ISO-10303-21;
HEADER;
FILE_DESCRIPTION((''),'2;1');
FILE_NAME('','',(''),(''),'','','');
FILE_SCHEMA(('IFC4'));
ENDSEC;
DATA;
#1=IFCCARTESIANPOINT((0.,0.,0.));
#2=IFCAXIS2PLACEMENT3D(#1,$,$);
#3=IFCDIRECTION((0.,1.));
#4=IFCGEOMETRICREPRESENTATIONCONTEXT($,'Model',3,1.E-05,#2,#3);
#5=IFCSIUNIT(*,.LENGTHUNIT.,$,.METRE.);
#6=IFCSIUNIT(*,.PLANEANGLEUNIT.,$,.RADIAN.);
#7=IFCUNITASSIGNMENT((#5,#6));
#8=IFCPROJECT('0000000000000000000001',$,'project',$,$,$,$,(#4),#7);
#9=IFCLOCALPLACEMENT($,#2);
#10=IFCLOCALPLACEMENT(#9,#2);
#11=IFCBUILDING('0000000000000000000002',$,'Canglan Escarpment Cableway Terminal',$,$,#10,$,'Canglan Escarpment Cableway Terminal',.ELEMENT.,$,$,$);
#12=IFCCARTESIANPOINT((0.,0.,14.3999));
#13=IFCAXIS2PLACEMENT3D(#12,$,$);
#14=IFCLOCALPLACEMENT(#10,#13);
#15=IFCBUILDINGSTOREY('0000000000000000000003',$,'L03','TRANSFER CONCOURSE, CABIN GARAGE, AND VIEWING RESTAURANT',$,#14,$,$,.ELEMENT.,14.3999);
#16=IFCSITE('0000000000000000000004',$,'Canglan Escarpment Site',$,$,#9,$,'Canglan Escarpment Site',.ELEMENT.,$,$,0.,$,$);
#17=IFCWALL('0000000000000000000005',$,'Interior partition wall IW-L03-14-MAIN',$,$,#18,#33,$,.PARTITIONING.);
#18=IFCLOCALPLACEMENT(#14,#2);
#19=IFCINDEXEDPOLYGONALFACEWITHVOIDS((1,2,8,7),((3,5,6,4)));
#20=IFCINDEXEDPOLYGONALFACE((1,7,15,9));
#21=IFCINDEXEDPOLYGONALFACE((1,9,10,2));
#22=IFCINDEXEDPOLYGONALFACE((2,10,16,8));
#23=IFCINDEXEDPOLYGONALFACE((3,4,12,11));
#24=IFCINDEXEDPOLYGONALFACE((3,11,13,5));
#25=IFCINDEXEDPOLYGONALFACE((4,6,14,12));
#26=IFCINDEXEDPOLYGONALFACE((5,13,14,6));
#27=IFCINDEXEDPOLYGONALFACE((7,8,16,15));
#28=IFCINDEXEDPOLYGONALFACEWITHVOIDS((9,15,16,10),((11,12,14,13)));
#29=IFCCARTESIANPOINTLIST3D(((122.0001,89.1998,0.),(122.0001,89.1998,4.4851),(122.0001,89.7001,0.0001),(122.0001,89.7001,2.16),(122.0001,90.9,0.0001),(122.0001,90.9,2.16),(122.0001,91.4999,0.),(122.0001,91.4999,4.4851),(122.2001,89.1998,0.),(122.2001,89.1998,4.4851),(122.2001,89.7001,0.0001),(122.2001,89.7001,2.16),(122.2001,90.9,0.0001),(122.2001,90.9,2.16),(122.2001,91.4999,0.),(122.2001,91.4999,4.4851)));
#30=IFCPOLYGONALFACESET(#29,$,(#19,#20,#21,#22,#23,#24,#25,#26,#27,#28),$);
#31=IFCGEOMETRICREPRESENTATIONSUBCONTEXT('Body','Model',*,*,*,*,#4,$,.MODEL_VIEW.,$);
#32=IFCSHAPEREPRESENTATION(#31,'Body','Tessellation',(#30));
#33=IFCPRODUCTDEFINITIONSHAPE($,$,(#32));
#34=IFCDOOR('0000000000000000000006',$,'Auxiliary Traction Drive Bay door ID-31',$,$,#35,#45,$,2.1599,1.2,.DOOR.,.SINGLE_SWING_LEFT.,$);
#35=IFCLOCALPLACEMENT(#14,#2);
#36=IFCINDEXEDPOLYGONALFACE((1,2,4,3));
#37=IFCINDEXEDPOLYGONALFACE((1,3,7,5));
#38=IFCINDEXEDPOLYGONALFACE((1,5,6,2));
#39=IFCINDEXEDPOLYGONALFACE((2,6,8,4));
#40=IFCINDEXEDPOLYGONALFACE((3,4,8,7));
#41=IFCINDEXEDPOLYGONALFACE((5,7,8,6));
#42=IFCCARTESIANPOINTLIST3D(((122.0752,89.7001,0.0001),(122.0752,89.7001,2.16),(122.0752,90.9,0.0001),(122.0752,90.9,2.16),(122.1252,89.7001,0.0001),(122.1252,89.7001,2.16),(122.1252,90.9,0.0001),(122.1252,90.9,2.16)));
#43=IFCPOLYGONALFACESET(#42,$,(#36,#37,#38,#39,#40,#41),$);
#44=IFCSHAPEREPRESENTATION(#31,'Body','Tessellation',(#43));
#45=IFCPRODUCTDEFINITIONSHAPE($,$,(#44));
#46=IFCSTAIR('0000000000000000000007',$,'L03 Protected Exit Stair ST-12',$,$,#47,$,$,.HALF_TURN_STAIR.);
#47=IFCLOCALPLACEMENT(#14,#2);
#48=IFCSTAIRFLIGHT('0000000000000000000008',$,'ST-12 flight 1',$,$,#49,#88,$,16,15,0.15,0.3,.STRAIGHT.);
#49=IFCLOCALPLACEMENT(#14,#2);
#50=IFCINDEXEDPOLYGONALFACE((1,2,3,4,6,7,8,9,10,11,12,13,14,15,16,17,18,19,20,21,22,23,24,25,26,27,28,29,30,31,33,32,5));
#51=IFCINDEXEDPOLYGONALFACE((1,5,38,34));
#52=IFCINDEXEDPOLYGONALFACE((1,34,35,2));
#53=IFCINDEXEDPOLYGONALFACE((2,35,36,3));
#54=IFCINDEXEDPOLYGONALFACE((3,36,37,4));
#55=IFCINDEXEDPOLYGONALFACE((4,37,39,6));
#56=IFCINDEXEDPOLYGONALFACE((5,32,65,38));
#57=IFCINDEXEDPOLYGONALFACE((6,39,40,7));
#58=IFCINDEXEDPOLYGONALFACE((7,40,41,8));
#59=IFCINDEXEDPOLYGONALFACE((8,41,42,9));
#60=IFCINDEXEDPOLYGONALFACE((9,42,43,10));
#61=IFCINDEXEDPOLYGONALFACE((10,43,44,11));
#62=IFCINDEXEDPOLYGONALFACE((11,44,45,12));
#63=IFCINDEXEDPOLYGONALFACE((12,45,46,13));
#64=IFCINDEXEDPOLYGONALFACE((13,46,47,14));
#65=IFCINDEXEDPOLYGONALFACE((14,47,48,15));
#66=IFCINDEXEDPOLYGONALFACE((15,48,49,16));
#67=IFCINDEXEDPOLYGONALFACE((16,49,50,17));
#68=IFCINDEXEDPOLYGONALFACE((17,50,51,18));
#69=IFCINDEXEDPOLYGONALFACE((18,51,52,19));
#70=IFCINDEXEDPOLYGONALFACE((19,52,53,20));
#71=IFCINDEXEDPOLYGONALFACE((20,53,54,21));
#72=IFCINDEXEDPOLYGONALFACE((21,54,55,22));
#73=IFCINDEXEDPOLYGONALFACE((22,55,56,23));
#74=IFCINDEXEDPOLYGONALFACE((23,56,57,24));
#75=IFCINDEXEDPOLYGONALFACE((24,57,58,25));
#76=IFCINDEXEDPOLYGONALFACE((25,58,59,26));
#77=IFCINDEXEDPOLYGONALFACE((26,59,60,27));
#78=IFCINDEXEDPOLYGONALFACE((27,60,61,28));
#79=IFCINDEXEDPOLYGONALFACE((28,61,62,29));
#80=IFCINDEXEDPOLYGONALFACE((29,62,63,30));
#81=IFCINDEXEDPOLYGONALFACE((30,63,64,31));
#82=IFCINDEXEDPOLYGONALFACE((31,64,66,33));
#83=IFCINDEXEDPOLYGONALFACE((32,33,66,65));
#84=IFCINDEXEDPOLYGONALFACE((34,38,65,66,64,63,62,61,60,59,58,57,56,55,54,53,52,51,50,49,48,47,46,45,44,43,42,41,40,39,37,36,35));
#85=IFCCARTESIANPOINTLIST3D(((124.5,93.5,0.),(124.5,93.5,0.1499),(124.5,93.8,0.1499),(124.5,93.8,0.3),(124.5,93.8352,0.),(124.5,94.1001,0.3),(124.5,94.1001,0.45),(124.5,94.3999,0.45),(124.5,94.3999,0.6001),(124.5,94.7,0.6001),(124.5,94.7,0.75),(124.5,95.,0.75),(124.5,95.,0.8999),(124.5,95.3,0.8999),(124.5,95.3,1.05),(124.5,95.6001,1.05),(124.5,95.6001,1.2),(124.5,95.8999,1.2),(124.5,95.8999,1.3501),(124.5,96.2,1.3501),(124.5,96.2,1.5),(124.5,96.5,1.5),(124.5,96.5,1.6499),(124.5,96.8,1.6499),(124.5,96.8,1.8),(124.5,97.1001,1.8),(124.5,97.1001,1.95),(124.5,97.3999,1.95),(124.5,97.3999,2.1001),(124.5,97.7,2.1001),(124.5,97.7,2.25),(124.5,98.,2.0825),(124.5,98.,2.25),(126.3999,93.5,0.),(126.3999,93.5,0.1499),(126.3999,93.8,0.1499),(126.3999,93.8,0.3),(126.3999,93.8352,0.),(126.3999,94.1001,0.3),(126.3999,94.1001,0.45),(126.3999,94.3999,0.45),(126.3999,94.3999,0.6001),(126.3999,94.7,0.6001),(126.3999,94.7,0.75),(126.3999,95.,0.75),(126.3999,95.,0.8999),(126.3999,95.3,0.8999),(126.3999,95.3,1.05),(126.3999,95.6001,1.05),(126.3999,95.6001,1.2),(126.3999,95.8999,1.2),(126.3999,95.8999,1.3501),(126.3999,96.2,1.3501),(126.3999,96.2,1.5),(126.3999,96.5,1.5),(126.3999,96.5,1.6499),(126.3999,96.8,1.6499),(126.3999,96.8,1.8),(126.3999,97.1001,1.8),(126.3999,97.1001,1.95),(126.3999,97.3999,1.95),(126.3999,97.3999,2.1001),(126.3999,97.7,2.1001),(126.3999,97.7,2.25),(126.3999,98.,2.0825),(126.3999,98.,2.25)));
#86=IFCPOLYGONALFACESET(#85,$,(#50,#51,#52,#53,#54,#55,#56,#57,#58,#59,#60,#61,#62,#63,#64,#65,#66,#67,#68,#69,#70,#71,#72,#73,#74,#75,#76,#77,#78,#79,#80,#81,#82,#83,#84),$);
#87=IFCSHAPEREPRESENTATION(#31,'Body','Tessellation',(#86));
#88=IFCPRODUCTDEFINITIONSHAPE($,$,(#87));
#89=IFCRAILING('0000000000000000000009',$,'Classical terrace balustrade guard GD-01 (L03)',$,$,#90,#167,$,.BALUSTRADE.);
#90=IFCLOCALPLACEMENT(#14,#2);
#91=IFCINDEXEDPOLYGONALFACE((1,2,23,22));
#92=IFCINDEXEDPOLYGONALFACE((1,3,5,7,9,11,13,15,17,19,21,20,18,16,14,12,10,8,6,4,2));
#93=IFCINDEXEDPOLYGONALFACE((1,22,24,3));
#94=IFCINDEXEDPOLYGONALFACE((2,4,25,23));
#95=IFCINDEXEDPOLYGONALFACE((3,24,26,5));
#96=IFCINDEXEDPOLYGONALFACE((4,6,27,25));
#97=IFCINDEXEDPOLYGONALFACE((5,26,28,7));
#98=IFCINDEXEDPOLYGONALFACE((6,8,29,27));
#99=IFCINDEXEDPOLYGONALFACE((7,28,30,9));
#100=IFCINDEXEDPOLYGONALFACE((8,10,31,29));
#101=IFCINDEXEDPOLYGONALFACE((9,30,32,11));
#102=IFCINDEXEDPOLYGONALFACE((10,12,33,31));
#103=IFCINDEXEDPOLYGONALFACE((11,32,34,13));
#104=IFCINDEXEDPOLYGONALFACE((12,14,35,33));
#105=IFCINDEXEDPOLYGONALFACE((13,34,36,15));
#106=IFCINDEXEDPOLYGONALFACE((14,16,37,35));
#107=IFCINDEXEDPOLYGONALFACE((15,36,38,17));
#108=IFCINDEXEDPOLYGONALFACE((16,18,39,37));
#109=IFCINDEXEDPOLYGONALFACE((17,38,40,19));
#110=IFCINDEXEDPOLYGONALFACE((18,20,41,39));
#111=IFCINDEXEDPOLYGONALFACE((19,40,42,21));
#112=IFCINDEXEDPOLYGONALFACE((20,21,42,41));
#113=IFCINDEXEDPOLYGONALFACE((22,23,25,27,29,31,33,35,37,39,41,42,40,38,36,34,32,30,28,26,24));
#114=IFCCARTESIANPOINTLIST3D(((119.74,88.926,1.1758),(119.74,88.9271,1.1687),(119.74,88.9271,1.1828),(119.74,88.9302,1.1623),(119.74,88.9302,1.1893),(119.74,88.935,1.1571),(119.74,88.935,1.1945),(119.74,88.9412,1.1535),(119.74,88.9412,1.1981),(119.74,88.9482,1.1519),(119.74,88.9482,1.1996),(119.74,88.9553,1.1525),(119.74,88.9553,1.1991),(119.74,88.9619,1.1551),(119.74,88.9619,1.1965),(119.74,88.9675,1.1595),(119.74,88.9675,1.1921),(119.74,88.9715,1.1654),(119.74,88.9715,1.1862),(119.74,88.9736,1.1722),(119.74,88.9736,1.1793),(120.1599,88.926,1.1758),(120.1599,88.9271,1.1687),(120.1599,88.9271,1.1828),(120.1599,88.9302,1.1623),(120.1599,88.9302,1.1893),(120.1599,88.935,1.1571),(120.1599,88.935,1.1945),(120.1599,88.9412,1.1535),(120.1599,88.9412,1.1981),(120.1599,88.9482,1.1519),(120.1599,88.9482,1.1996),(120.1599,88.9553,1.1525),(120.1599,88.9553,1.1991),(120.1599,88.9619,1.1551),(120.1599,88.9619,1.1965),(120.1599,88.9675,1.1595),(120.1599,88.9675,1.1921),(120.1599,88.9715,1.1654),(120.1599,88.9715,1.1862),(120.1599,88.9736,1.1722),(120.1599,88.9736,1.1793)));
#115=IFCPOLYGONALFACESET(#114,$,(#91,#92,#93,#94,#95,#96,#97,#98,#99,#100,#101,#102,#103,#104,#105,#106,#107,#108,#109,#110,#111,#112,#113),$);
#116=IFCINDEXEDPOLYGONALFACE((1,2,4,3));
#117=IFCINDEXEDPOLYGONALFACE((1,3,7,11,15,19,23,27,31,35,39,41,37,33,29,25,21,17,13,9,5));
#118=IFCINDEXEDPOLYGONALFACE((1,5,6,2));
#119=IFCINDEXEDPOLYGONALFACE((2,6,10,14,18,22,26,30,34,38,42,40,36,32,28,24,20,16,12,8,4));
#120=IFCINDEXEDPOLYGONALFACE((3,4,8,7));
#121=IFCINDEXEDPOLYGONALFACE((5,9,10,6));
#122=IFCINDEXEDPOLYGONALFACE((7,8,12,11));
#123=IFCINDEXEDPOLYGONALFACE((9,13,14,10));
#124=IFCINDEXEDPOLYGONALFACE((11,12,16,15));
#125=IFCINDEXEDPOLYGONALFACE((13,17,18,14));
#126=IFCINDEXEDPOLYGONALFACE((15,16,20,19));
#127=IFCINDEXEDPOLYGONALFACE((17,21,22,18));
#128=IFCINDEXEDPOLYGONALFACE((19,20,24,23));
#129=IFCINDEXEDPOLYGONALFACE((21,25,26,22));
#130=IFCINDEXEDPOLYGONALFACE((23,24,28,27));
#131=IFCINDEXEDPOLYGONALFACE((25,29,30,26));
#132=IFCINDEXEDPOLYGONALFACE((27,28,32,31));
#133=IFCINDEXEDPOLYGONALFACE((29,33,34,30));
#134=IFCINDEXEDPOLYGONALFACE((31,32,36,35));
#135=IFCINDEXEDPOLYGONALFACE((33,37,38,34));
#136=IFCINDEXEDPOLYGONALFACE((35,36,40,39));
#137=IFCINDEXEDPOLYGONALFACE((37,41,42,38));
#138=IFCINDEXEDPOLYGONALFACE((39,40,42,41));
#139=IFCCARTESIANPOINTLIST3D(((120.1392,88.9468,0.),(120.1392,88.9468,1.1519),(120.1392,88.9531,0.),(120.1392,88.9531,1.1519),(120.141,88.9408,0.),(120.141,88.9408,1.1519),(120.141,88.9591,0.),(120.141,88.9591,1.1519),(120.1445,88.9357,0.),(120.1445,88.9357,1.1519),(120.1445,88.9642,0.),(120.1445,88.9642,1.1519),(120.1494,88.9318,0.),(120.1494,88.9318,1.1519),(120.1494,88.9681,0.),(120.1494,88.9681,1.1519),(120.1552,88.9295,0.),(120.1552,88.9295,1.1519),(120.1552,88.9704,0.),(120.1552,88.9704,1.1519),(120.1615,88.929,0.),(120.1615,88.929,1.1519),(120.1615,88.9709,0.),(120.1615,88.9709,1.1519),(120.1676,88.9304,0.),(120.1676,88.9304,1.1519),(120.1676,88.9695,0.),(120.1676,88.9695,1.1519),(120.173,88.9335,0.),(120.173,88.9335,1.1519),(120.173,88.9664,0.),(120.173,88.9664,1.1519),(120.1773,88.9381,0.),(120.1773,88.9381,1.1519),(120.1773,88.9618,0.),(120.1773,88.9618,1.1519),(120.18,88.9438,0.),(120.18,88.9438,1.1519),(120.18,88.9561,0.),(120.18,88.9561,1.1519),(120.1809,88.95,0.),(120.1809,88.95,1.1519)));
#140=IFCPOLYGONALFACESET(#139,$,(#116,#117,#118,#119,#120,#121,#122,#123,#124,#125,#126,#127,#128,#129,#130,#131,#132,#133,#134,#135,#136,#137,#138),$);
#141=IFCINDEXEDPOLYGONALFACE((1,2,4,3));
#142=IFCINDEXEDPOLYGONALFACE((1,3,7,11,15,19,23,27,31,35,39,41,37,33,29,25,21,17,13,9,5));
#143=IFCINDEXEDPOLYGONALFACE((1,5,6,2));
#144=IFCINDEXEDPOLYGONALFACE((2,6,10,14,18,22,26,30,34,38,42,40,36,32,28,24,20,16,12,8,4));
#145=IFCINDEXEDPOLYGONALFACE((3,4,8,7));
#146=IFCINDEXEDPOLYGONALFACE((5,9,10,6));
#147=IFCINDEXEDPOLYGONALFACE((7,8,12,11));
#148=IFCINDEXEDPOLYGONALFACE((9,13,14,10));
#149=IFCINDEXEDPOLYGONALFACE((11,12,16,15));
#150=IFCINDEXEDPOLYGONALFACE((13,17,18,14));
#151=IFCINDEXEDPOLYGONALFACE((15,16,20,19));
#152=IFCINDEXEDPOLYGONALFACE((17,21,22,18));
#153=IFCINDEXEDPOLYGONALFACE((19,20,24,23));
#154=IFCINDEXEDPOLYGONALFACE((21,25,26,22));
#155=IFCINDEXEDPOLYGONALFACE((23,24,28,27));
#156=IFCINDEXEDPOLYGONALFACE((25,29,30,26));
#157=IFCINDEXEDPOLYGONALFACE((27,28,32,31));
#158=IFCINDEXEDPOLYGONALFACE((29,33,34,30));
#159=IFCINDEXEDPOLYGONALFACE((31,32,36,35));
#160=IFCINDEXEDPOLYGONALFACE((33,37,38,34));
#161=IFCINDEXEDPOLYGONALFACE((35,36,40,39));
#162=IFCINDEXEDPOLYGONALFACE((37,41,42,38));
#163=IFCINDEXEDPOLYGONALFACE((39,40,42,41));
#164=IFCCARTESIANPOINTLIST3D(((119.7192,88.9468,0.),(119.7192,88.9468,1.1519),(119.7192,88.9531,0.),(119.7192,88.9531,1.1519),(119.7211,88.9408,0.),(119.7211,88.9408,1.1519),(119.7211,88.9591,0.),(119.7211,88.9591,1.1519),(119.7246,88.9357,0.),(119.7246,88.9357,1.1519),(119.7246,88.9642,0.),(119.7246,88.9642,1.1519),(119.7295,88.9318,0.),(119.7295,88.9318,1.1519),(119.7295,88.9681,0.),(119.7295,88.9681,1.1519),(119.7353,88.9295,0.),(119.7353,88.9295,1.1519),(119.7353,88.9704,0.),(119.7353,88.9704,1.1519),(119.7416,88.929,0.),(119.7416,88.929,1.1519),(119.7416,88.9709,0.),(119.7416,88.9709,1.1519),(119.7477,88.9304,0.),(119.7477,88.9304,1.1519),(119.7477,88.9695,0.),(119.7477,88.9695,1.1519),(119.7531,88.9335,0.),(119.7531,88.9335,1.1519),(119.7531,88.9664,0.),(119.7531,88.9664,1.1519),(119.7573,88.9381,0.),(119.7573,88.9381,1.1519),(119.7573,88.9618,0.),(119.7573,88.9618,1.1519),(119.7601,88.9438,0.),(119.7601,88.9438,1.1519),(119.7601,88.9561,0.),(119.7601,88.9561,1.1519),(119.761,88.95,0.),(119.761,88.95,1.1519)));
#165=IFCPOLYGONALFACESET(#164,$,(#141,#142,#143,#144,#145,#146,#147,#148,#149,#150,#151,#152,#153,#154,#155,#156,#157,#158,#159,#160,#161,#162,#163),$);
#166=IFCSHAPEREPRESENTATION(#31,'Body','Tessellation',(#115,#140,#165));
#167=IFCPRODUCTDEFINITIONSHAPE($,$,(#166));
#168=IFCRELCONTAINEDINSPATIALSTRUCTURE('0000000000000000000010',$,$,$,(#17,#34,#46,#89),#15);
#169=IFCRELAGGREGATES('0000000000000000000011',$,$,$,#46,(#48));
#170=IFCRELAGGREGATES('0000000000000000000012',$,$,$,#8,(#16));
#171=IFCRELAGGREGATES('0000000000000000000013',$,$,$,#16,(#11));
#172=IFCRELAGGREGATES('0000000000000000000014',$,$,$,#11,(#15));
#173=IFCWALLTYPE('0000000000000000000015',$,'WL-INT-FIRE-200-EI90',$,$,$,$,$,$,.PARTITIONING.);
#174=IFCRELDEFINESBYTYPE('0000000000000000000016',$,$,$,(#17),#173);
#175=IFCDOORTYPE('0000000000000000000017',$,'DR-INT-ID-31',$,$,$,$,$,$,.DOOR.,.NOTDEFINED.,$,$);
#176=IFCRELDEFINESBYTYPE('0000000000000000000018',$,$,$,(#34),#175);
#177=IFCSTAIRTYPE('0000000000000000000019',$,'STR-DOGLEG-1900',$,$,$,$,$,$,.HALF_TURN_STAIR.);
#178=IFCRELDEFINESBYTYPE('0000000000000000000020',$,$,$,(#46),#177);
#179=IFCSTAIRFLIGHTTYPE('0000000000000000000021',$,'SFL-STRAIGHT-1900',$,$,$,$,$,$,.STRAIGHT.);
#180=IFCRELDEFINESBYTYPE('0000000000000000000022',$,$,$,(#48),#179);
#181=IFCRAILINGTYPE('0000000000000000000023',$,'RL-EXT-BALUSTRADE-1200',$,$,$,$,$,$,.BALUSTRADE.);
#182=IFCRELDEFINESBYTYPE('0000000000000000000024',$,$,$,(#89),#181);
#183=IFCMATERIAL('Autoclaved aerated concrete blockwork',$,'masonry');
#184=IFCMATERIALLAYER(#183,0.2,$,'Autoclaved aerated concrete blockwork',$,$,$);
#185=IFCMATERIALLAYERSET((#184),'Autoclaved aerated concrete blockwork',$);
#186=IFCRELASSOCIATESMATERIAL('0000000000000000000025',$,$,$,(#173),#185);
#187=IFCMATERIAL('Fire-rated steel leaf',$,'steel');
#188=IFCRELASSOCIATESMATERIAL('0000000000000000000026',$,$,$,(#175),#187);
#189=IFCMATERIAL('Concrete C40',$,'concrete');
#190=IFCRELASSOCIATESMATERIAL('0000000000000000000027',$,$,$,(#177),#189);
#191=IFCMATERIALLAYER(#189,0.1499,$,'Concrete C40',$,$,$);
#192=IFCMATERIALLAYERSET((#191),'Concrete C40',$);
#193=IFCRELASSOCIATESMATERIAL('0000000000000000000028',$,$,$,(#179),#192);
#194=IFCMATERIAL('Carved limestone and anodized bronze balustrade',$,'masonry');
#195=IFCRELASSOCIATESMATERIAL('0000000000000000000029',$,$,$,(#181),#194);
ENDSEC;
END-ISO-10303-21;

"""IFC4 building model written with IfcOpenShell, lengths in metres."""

from ifc_helpers import new_model, si_unit, direction, frame, frame_2d, origin, origin_2d, place, context, subcontext, project, spatial, polyline, rectangle, circle, outline, extrude, material, layer, layer_set, type_object, element, fill, aggregate, save


model = new_model("IFC4")

# Units and contexts
model_context = context("Model", 3, precision=1e-05, world=origin(), true_north=direction((0.0, 1.0)))
body_context = subcontext(model_context, "Body", "Model", "MODEL_VIEW")
ifc_project = project(units=[si_unit("LENGTHUNIT", "METRE"), si_unit("PLANEANGLEUNIT", "RADIAN")], contexts=[model_context])

# Site, building, storey
site_placement = place(None, origin())
site = spatial("IfcSite", under=ifc_project, at=site_placement, Name="Canglan Escarpment Site", LongName="Canglan Escarpment Site", CompositionType="ELEMENT", RefElevation=0.0)
building_placement = place(site_placement, origin())
building = spatial("IfcBuilding", under=site, at=building_placement, Name="Canglan Escarpment Cableway Terminal", LongName="Canglan Escarpment Cableway Terminal", CompositionType="ELEMENT")
storey_placement = place(building_placement, frame((0.0, 0.0, 14.3999)))
storey = spatial("IfcBuildingStorey", under=building, at=storey_placement, Name="L03", Description="TRANSFER CONCOURSE, CABIN GARAGE, AND VIEWING RESTAURANT", CompositionType="ELEMENT", Elevation=14.3999)

# Shared definitions
ifc_material_1 = material(Name="Concrete C40", Category="concrete")

# Wall, opening, door
ifc_material_2 = material(Name="Autoclaved aerated concrete blockwork", Category="masonry")
ifc_layer_1 = layer(ifc_material_2, 0.2, Name="Autoclaved aerated concrete blockwork")
ifc_layer_set_1 = layer_set([ifc_layer_1], Name="Autoclaved aerated concrete blockwork")
wall_type_1 = type_object("IfcWallType", Name="WL-INT-FIRE-200-EI90", PredefinedType="PARTITIONING", material=ifc_layer_set_1)
wall_1_placement = place(storey_placement, frame((122.1001, 89.2, 0.0), z_axis=(0.0, 0.0, 1.0), x_axis=(0.0, 1.0, 0.0)))
wall_1 = element("IfcWall", 1, at=wall_1_placement, inside=storey, type_object=wall_type_1, Name="Interior partition wall IW-L03-14-MAIN", PredefinedType="PARTITIONING", context=body_context, shape_type="SweptSolid", body=[
    extrude(rectangle(XDim=2.3, YDim=0.2, at=frame_2d((1.1499, 0.0))), origin(), (0.0, 0.0, 1.0), 4.4851),
])
opening_1_placement = place(wall_1_placement, frame((0.5, 0.0, 0.0)))
opening_1 = element("IfcOpeningElement", 2, at=opening_1_placement, cuts=wall_1, PredefinedType="OPENING", context=body_context, shape_type="SweptSolid", body=[
    extrude(rectangle(XDim=1.2, YDim=2.1599, at=frame_2d((0.6001, 1.0801))), frame((0.0, 0.1099, 0.0), z_axis=(0.0, -1.0, 0.0), x_axis=(1.0, 0.0, 0.0)), (0.0, 0.0, 1.0), 0.22),
])
ifc_material_3 = material(Name="Fire-rated steel leaf", Category="steel")
door_type_1 = type_object("IfcDoorType", Name="DR-INT-ID-31", OperationType="NOTDEFINED", PredefinedType="DOOR", material=ifc_material_3)
door_1_placement = place(opening_1_placement, origin())
door_1 = element("IfcDoor", 3, at=door_1_placement, inside=storey, type_object=door_type_1, Name="Auxiliary Traction Drive Bay door ID-31", OperationType="SINGLE_SWING_LEFT", OverallHeight=2.1599, OverallWidth=1.2, PredefinedType="DOOR", context=body_context, shape_type="SweptSolid", body=[
    extrude(rectangle(XDim=1.2, YDim=2.1599, at=frame_2d((0.6001, 1.0801))), frame((0.0, 0.0249, 0.0), z_axis=(0.0, -1.0, 0.0), x_axis=(1.0, 0.0, 0.0)), (0.0, 0.0, 1.0), 0.05),
])
fill(opening_1, door_1)

# Stair, stair flight
stair_type = type_object("IfcStairType", Name="STR-DOGLEG-1900", PredefinedType="HALF_TURN_STAIR", material=ifc_material_1)
stair_placement = place(storey_placement, origin())
stair = element("IfcStair", 4, at=stair_placement, inside=storey, type_object=stair_type, Name="L03 Protected Exit Stair ST-12", PredefinedType="HALF_TURN_STAIR")
ifc_layer_2 = layer(ifc_material_1, 0.1499, Name="Concrete C40")
ifc_layer_set_2 = layer_set([ifc_layer_2], Name="Concrete C40")
stair_flight_type = type_object("IfcStairFlightType", Name="SFL-STRAIGHT-1900", PredefinedType="STRAIGHT", material=ifc_layer_set_2)
stair_flight_placement = place(storey_placement, frame((125.45, 93.5, 0.0), z_axis=(0.0, 0.0, 1.0), x_axis=(0.0, 1.0, 0.0)))
stair_flight = element("IfcStairFlight", 5, at=stair_flight_placement, type_object=stair_flight_type, Name="ST-12 flight 1", NumberOfRisers=16, NumberOfTreads=15, PredefinedType="STRAIGHT", RiserHeight=0.15, TreadLength=0.3, context=body_context, shape_type="SweptSolid", body=[
    extrude(outline(polyline([(0.0, 0.0), (0.0, 0.1499), (0.3, 0.1499), (0.3, 0.3), (0.6001, 0.3), (0.6001, 0.45), (0.8999, 0.45), (0.8999, 0.6001), (1.2, 0.6001), (1.2, 0.75), (1.5, 0.75), (1.5, 0.8999), (1.8, 0.8999), (1.8, 1.05), (2.1001, 1.05), (2.1001, 1.2), (2.3999, 1.2), (2.3999, 1.3501), (2.7, 1.3501), (2.7, 1.5), (3.0, 1.5), (3.0, 1.6499), (3.3, 1.6499), (3.3, 1.8), (3.6001, 1.8), (3.6001, 1.95), (3.8999, 1.95), (3.8999, 2.1001), (4.2, 2.1001), (4.2, 2.25), (4.5, 2.25), (4.5, 2.3999), (4.5, 2.0825), (0.3352, 0.0), (0.0, 0.0)])), frame((0.0, 0.95, 0.0), z_axis=(0.0, -1.0, 0.0), x_axis=(1.0, 0.0, 0.0)), (0.0, 0.0, 1.0), 1.8999),
])
aggregate(stair, [stair_flight])

# Railing
ifc_material_4 = material(Name="Carved limestone and anodized bronze balustrade", Category="masonry")
railing_type_1 = type_object("IfcRailingType", Name="RL-EXT-BALUSTRADE-1200", PredefinedType="BALUSTRADE", material=ifc_material_4)
railing_1_placement = place(storey_placement, frame((120.1599, 88.95, 0.0)))
element("IfcRailing", 6, at=railing_1_placement, inside=storey, type_object=railing_type_1, Name="Classical terrace balustrade guard GD-01 (L03)", PredefinedType="BALUSTRADE", context=body_context, shape_type="SweptSolid", body=[
    extrude(circle(Radius=0.0239, at=origin_2d()), frame((0.0, 0.0, 1.1758), z_axis=(-1.0, 0.0, 0.0), x_axis=(0.0, -1.0, 0.0)), (0.0, 0.0, 1.0), 0.4199),
    extrude(circle(Radius=0.021, at=origin_2d()), origin(), (0.0, 0.0, 1.0), 1.1519),
    extrude(circle(Radius=0.021, at=origin_2d()), frame((-0.4199, 0.0, 0.0)), (0.0, 0.0, 1.0), 1.1519),
])

save(model, "model.ifc")
